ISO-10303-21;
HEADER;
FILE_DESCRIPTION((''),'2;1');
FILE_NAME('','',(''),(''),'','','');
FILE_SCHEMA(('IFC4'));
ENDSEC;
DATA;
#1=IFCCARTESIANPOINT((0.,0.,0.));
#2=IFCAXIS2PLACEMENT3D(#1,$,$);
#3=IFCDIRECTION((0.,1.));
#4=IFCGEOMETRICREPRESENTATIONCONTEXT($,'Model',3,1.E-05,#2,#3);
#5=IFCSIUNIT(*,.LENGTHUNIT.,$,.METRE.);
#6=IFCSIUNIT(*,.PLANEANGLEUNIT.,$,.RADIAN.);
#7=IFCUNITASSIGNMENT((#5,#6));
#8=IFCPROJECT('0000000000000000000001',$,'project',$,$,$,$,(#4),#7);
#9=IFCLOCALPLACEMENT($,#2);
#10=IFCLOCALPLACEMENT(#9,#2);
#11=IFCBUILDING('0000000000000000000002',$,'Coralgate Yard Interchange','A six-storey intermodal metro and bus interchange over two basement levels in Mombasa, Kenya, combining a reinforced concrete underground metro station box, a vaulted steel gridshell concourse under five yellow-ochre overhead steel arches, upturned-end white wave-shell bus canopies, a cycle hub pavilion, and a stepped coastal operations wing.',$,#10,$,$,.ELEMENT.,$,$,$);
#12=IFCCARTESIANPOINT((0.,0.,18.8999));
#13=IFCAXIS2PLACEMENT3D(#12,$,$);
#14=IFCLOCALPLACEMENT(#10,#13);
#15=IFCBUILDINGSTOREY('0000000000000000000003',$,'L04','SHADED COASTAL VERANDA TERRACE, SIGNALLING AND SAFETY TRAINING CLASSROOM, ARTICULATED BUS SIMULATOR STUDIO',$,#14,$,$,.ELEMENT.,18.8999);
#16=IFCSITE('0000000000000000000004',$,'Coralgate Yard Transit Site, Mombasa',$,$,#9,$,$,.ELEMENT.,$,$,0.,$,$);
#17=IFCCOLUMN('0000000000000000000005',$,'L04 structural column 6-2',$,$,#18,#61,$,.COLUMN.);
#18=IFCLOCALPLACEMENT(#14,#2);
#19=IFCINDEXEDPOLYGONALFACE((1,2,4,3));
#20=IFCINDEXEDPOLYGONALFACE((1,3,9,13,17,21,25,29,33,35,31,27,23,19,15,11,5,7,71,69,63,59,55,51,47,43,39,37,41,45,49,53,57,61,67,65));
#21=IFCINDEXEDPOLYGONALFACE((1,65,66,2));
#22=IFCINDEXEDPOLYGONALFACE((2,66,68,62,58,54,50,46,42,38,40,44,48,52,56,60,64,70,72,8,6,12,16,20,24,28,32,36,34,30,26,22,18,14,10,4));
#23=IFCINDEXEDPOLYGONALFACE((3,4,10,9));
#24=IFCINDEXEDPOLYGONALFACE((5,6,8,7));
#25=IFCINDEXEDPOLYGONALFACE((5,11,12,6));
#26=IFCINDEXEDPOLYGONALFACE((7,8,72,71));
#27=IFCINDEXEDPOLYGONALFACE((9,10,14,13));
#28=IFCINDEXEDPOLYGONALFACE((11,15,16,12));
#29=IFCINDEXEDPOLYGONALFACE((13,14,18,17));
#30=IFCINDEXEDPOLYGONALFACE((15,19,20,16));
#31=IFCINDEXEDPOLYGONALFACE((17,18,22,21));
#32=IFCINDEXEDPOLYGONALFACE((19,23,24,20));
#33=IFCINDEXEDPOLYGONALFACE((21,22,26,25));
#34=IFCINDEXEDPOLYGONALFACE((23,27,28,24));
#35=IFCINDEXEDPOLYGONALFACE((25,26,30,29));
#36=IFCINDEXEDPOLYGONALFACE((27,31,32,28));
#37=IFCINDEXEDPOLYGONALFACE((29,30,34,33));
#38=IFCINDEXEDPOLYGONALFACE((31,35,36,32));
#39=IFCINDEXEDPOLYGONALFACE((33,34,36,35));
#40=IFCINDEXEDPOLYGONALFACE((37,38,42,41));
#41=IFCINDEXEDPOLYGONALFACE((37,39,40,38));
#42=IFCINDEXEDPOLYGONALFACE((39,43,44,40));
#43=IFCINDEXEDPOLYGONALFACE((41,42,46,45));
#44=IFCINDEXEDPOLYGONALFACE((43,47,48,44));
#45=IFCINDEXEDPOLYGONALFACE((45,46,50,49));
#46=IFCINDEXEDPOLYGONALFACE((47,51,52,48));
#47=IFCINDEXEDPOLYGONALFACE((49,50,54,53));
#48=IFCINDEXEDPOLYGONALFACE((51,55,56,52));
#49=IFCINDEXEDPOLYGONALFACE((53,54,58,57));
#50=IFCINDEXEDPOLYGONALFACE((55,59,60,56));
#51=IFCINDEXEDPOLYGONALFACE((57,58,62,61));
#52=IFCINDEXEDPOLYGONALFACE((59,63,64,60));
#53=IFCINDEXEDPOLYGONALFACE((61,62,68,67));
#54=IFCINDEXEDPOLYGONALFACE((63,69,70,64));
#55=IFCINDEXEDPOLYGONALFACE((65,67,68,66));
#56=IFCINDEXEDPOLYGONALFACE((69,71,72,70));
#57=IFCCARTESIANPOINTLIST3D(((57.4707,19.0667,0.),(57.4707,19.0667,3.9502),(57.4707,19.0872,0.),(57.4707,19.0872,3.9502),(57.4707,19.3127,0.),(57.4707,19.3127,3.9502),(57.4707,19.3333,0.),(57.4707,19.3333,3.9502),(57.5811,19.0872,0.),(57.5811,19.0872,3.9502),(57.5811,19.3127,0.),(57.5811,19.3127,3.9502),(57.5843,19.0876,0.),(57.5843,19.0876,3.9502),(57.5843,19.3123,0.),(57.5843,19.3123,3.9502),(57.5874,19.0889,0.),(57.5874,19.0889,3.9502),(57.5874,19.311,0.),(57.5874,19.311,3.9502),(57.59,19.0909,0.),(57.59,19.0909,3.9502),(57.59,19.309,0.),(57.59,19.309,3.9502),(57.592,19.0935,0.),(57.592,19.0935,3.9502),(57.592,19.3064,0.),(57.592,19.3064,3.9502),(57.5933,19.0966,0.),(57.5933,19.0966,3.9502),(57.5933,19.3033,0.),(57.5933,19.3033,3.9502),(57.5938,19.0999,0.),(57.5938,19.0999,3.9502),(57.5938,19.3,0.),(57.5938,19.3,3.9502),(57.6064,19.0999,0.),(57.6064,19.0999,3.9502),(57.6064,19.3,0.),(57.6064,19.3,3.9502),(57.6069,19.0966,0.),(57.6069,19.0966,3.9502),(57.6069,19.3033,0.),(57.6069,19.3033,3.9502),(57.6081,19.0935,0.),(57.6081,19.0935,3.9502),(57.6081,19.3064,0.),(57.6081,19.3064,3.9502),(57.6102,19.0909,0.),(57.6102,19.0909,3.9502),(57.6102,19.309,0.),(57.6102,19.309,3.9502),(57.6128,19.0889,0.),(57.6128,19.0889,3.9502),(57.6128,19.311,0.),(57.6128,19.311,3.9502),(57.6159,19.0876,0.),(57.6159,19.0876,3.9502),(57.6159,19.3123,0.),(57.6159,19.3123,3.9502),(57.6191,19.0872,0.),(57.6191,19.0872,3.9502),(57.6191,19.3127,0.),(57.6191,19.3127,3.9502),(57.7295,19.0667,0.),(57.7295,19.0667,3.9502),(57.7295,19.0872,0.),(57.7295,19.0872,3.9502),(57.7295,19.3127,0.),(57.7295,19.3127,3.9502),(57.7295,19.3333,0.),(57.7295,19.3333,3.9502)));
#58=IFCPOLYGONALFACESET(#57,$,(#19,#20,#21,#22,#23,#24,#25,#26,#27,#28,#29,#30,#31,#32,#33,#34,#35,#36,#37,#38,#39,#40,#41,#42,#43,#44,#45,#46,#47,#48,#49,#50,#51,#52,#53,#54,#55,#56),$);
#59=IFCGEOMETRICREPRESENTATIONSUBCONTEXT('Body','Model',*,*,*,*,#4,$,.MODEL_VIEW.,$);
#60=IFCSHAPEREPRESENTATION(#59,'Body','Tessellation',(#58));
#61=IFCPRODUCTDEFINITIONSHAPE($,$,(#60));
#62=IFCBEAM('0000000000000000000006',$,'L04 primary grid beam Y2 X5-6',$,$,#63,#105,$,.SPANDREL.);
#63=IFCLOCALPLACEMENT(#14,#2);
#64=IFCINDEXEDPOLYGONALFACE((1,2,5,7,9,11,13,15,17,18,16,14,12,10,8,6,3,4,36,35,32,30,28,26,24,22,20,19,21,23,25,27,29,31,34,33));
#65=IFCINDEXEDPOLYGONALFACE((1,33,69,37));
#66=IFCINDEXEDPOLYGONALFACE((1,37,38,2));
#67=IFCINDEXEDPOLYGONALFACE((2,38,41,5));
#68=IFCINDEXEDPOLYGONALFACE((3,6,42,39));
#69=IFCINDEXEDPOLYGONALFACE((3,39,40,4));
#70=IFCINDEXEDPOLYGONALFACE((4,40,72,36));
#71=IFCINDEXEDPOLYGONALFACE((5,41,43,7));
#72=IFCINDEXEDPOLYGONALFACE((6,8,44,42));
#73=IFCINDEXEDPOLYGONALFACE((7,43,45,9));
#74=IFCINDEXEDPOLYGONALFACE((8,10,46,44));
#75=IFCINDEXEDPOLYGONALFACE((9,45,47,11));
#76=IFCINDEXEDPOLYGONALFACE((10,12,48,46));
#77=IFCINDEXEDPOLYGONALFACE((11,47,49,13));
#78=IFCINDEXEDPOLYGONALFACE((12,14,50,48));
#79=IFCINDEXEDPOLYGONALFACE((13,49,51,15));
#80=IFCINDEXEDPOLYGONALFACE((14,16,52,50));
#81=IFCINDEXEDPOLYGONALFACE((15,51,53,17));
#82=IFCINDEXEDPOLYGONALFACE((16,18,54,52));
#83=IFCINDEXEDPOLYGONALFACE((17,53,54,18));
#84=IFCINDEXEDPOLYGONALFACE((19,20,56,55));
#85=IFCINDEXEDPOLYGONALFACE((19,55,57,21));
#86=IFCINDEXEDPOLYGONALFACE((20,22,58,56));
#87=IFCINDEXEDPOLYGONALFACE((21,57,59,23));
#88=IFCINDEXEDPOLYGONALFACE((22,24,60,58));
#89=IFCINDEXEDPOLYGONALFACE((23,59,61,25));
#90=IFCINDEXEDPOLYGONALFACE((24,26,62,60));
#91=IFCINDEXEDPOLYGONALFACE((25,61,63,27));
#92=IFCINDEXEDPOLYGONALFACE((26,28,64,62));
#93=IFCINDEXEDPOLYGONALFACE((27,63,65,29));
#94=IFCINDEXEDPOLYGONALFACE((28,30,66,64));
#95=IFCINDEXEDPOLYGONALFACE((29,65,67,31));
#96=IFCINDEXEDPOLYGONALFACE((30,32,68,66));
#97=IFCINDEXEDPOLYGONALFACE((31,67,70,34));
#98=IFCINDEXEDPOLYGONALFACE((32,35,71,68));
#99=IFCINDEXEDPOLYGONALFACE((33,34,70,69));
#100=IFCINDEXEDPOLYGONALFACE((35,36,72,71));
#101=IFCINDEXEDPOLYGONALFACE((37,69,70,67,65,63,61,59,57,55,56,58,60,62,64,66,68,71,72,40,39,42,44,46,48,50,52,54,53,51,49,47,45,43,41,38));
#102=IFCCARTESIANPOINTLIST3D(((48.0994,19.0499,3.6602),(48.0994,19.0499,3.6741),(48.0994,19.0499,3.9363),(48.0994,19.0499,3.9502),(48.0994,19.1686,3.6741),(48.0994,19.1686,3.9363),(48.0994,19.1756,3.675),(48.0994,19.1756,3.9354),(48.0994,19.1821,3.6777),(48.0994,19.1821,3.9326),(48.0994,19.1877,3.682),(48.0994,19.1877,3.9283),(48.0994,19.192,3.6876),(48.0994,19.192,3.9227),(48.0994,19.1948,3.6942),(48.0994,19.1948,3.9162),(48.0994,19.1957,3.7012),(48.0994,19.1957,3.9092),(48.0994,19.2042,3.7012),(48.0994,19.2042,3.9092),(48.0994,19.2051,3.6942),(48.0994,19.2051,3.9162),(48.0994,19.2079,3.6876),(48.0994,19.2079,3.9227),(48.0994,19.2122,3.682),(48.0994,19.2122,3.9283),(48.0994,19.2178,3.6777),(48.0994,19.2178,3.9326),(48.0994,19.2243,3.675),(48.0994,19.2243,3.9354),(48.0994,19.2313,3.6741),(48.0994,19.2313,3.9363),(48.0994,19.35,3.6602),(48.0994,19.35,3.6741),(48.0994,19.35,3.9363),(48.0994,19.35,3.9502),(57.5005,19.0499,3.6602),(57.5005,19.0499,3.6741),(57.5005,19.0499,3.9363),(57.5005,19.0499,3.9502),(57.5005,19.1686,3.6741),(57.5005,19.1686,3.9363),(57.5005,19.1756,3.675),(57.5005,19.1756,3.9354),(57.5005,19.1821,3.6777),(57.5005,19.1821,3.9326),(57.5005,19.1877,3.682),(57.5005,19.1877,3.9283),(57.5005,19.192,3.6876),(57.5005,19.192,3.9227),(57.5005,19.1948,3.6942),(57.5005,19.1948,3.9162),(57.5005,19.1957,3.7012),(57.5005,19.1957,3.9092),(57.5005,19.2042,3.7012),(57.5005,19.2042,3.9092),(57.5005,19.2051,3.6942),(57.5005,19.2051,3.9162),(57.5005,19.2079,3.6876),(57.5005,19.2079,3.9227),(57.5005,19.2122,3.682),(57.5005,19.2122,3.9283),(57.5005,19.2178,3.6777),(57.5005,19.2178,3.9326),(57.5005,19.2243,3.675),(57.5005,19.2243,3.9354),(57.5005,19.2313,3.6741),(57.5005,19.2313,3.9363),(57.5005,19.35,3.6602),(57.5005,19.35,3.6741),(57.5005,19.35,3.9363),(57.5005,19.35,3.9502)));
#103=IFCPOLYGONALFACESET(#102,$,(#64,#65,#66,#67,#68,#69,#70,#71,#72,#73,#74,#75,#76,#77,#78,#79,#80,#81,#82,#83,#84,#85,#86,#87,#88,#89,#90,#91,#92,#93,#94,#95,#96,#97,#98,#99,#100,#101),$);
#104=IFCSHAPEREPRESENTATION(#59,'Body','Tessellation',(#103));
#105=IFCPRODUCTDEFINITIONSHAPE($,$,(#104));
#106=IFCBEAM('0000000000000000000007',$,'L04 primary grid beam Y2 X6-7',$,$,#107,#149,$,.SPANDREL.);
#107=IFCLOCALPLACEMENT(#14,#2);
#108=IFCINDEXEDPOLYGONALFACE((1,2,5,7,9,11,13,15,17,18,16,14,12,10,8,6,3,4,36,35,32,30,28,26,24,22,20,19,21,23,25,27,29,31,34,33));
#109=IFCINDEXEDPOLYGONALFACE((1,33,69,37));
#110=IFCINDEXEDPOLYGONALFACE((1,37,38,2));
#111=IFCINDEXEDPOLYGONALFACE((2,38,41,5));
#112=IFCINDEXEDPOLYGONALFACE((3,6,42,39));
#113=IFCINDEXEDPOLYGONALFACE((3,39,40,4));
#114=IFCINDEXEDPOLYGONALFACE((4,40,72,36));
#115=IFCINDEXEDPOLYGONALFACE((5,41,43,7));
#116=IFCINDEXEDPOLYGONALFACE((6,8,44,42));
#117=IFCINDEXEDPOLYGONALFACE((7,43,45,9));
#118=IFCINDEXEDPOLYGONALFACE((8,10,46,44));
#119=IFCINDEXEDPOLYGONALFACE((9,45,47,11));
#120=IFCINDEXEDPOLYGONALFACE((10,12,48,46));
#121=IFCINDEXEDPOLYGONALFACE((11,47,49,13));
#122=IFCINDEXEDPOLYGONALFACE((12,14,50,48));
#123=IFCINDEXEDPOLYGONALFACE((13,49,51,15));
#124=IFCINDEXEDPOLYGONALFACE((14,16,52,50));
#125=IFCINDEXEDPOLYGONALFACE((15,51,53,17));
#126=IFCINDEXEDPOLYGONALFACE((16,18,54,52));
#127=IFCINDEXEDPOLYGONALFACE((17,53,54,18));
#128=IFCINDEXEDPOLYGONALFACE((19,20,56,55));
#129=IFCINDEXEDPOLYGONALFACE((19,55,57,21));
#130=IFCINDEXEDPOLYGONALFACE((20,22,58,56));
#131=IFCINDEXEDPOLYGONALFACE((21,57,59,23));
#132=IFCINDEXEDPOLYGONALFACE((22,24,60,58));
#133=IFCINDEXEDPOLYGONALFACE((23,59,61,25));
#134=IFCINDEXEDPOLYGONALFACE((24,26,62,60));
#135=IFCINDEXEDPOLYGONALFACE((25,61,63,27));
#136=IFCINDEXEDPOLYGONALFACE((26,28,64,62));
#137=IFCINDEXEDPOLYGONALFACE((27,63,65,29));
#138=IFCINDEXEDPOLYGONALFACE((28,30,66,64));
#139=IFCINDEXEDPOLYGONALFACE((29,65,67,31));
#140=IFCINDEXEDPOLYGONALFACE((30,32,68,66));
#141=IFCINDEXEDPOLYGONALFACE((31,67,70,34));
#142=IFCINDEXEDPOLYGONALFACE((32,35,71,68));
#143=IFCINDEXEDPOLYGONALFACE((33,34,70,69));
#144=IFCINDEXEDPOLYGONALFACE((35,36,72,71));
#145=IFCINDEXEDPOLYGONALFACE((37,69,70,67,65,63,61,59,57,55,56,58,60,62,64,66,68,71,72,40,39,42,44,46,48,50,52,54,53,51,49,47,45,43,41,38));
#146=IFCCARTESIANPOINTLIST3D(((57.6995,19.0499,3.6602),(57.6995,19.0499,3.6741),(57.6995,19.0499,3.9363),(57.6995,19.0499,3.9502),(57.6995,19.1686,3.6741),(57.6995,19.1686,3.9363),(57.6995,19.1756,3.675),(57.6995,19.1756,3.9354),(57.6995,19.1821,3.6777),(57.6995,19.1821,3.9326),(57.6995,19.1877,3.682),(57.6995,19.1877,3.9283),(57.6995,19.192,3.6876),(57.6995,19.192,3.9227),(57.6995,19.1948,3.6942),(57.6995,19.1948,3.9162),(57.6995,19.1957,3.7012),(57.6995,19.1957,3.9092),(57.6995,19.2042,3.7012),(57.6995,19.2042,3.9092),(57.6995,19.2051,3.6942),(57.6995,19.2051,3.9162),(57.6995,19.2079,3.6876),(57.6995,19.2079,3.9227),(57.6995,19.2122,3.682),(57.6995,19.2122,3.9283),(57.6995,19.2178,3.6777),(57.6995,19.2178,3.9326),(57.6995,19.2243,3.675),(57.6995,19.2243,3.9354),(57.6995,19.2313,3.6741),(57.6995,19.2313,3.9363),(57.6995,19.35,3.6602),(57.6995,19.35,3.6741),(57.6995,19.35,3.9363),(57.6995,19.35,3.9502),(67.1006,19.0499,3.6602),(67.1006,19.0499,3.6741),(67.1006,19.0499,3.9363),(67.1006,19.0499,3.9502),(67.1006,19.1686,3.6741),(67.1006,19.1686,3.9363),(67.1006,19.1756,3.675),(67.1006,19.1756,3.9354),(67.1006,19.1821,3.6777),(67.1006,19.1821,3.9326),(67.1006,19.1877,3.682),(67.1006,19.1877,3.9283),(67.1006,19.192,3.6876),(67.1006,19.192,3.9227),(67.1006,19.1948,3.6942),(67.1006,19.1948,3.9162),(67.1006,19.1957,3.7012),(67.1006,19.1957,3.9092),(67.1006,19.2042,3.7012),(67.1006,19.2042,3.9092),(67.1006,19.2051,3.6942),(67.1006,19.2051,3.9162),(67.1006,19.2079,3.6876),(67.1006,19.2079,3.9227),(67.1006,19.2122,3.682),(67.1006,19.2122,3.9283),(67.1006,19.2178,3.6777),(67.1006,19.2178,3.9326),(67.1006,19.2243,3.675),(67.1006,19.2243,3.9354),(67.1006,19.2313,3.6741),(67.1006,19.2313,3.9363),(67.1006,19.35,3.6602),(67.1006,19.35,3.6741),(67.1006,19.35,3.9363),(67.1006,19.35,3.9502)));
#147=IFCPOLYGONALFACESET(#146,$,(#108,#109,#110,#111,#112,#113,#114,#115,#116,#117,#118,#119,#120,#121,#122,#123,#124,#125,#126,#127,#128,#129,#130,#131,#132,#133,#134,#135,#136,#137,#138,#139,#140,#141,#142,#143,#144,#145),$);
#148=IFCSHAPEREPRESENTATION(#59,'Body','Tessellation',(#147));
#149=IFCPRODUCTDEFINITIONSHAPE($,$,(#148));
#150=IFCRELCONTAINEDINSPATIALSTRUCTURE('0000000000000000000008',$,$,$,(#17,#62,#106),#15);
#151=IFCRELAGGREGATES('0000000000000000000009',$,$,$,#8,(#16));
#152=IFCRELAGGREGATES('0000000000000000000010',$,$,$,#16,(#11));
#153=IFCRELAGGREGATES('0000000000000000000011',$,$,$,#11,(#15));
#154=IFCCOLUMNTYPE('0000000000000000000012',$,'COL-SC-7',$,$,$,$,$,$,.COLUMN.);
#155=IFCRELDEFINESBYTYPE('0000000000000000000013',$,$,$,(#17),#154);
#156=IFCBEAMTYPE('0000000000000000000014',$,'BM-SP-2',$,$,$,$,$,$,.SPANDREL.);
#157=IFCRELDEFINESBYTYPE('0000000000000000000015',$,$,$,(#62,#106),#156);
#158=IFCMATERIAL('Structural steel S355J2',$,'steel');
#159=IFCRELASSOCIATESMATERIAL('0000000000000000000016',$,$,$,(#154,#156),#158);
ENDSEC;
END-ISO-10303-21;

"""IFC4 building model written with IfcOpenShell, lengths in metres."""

from ifc_helpers import new_model, si_unit, direction, frame, origin, origin_2d, place, context, subcontext, project, spatial, i_section, extrude, material, material_profile, profile_set, type_object, element, save


model = new_model("IFC4")

# Units and contexts
model_context = context("Model", 3, precision=1e-05, world=origin(), true_north=direction((0.0, 1.0)))
body_context = subcontext(model_context, "Body", "Model", "MODEL_VIEW")
ifc_project = project(units=[si_unit("LENGTHUNIT", "METRE"), si_unit("PLANEANGLEUNIT", "RADIAN")], contexts=[model_context])

# Site, building, storey
site_placement = place(None, origin())
site = spatial("IfcSite", under=ifc_project, at=site_placement, Name="Coralgate Yard Transit Site, Mombasa", CompositionType="ELEMENT", RefElevation=0.0)
building_placement = place(site_placement, origin())
building = spatial("IfcBuilding", under=site, at=building_placement, Name="Coralgate Yard Interchange", Description="A six-storey intermodal metro and bus interchange over two basement levels in Mombasa, Kenya, combining a reinforced concrete underground metro station box, a vaulted steel gridshell concourse under five yellow-ochre overhead steel arches, upturned-end white wave-shell bus canopies, a cycle hub pavilion, and a stepped coastal operations wing.", CompositionType="ELEMENT")
storey_placement = place(building_placement, frame((0.0, 0.0, 18.8999)))
storey = spatial("IfcBuildingStorey", under=building, at=storey_placement, Name="L04", Description="SHADED COASTAL VERANDA TERRACE, SIGNALLING AND SAFETY TRAINING CLASSROOM, ARTICULATED BUS SIMULATOR STUDIO", CompositionType="ELEMENT", Elevation=18.8999)

# Column
ifc_material_1 = material(Name="Structural steel S355J2", Category="steel")
ifc_material_profile_1 = material_profile(ifc_material_1, i_section(OverallWidth=0.2588, OverallDepth=0.2666, WebThickness=0.0127, FlangeThickness=0.0205, FilletRadius=0.0127, at=origin_2d()), Name="UC 254x254x107")
ifc_profile_set_1 = profile_set([ifc_material_profile_1], Name="Structural steel S355J2")
column_type = type_object("IfcColumnType", Name="COL-SC-7", PredefinedType="COLUMN", material=ifc_profile_set_1)
column_placement = place(storey_placement, frame((57.6001, 19.2, 0.0), z_axis=(0.0, 0.0, 1.0), x_axis=(1.0, 0.0, 0.0)))
element("IfcColumn", 1, at=column_placement, inside=storey, type_object=column_type, Name="L04 structural column 6-2", PredefinedType="COLUMN", context=body_context, shape_type="SweptSolid", body=[
    extrude(i_section(OverallWidth=0.2588, OverallDepth=0.2666, WebThickness=0.0127, FlangeThickness=0.0205, FilletRadius=0.0127, at=origin_2d()), origin(), (0.0, 0.0, 1.0), 3.9502),
])

# Beams
ifc_material_profile_2 = material_profile(ifc_material_1, i_section(OverallWidth=0.3, OverallDepth=0.29, WebThickness=0.0085, FlangeThickness=0.0139, FilletRadius=0.0271, at=origin_2d()), Name="HEA 300")
ifc_profile_set_2 = profile_set([ifc_material_profile_2], Name="Structural steel S355J2")
beam_type = type_object("IfcBeamType", Name="BM-SP-2", PredefinedType="SPANDREL", material=ifc_profile_set_2)
for number, where, z_axis, x_axis, name in (
    (2, (48.0994, 19.2, 3.8052), (1.0, 0.0, 0.0), (0.0, 1.0, 0.0), "L04 primary grid beam Y2 X5-6"),
    (3, (57.6995, 19.2, 3.8052), (1.0, 0.0, 0.0), (0.0, 1.0, 0.0), "L04 primary grid beam Y2 X6-7"),
):
    element("IfcBeam", number, at=place(storey_placement, frame(where, z_axis=z_axis, x_axis=x_axis)), inside=storey, type_object=beam_type, Name=name, PredefinedType="SPANDREL", context=body_context, shape_type="SweptSolid", body=[
        extrude(i_section(OverallWidth=0.3, OverallDepth=0.29, WebThickness=0.0085, FlangeThickness=0.0139, FilletRadius=0.0271, at=origin_2d()), origin(), (0.0, 0.0, 1.0), 9.4011),
    ])

save(model, "model.ifc")
